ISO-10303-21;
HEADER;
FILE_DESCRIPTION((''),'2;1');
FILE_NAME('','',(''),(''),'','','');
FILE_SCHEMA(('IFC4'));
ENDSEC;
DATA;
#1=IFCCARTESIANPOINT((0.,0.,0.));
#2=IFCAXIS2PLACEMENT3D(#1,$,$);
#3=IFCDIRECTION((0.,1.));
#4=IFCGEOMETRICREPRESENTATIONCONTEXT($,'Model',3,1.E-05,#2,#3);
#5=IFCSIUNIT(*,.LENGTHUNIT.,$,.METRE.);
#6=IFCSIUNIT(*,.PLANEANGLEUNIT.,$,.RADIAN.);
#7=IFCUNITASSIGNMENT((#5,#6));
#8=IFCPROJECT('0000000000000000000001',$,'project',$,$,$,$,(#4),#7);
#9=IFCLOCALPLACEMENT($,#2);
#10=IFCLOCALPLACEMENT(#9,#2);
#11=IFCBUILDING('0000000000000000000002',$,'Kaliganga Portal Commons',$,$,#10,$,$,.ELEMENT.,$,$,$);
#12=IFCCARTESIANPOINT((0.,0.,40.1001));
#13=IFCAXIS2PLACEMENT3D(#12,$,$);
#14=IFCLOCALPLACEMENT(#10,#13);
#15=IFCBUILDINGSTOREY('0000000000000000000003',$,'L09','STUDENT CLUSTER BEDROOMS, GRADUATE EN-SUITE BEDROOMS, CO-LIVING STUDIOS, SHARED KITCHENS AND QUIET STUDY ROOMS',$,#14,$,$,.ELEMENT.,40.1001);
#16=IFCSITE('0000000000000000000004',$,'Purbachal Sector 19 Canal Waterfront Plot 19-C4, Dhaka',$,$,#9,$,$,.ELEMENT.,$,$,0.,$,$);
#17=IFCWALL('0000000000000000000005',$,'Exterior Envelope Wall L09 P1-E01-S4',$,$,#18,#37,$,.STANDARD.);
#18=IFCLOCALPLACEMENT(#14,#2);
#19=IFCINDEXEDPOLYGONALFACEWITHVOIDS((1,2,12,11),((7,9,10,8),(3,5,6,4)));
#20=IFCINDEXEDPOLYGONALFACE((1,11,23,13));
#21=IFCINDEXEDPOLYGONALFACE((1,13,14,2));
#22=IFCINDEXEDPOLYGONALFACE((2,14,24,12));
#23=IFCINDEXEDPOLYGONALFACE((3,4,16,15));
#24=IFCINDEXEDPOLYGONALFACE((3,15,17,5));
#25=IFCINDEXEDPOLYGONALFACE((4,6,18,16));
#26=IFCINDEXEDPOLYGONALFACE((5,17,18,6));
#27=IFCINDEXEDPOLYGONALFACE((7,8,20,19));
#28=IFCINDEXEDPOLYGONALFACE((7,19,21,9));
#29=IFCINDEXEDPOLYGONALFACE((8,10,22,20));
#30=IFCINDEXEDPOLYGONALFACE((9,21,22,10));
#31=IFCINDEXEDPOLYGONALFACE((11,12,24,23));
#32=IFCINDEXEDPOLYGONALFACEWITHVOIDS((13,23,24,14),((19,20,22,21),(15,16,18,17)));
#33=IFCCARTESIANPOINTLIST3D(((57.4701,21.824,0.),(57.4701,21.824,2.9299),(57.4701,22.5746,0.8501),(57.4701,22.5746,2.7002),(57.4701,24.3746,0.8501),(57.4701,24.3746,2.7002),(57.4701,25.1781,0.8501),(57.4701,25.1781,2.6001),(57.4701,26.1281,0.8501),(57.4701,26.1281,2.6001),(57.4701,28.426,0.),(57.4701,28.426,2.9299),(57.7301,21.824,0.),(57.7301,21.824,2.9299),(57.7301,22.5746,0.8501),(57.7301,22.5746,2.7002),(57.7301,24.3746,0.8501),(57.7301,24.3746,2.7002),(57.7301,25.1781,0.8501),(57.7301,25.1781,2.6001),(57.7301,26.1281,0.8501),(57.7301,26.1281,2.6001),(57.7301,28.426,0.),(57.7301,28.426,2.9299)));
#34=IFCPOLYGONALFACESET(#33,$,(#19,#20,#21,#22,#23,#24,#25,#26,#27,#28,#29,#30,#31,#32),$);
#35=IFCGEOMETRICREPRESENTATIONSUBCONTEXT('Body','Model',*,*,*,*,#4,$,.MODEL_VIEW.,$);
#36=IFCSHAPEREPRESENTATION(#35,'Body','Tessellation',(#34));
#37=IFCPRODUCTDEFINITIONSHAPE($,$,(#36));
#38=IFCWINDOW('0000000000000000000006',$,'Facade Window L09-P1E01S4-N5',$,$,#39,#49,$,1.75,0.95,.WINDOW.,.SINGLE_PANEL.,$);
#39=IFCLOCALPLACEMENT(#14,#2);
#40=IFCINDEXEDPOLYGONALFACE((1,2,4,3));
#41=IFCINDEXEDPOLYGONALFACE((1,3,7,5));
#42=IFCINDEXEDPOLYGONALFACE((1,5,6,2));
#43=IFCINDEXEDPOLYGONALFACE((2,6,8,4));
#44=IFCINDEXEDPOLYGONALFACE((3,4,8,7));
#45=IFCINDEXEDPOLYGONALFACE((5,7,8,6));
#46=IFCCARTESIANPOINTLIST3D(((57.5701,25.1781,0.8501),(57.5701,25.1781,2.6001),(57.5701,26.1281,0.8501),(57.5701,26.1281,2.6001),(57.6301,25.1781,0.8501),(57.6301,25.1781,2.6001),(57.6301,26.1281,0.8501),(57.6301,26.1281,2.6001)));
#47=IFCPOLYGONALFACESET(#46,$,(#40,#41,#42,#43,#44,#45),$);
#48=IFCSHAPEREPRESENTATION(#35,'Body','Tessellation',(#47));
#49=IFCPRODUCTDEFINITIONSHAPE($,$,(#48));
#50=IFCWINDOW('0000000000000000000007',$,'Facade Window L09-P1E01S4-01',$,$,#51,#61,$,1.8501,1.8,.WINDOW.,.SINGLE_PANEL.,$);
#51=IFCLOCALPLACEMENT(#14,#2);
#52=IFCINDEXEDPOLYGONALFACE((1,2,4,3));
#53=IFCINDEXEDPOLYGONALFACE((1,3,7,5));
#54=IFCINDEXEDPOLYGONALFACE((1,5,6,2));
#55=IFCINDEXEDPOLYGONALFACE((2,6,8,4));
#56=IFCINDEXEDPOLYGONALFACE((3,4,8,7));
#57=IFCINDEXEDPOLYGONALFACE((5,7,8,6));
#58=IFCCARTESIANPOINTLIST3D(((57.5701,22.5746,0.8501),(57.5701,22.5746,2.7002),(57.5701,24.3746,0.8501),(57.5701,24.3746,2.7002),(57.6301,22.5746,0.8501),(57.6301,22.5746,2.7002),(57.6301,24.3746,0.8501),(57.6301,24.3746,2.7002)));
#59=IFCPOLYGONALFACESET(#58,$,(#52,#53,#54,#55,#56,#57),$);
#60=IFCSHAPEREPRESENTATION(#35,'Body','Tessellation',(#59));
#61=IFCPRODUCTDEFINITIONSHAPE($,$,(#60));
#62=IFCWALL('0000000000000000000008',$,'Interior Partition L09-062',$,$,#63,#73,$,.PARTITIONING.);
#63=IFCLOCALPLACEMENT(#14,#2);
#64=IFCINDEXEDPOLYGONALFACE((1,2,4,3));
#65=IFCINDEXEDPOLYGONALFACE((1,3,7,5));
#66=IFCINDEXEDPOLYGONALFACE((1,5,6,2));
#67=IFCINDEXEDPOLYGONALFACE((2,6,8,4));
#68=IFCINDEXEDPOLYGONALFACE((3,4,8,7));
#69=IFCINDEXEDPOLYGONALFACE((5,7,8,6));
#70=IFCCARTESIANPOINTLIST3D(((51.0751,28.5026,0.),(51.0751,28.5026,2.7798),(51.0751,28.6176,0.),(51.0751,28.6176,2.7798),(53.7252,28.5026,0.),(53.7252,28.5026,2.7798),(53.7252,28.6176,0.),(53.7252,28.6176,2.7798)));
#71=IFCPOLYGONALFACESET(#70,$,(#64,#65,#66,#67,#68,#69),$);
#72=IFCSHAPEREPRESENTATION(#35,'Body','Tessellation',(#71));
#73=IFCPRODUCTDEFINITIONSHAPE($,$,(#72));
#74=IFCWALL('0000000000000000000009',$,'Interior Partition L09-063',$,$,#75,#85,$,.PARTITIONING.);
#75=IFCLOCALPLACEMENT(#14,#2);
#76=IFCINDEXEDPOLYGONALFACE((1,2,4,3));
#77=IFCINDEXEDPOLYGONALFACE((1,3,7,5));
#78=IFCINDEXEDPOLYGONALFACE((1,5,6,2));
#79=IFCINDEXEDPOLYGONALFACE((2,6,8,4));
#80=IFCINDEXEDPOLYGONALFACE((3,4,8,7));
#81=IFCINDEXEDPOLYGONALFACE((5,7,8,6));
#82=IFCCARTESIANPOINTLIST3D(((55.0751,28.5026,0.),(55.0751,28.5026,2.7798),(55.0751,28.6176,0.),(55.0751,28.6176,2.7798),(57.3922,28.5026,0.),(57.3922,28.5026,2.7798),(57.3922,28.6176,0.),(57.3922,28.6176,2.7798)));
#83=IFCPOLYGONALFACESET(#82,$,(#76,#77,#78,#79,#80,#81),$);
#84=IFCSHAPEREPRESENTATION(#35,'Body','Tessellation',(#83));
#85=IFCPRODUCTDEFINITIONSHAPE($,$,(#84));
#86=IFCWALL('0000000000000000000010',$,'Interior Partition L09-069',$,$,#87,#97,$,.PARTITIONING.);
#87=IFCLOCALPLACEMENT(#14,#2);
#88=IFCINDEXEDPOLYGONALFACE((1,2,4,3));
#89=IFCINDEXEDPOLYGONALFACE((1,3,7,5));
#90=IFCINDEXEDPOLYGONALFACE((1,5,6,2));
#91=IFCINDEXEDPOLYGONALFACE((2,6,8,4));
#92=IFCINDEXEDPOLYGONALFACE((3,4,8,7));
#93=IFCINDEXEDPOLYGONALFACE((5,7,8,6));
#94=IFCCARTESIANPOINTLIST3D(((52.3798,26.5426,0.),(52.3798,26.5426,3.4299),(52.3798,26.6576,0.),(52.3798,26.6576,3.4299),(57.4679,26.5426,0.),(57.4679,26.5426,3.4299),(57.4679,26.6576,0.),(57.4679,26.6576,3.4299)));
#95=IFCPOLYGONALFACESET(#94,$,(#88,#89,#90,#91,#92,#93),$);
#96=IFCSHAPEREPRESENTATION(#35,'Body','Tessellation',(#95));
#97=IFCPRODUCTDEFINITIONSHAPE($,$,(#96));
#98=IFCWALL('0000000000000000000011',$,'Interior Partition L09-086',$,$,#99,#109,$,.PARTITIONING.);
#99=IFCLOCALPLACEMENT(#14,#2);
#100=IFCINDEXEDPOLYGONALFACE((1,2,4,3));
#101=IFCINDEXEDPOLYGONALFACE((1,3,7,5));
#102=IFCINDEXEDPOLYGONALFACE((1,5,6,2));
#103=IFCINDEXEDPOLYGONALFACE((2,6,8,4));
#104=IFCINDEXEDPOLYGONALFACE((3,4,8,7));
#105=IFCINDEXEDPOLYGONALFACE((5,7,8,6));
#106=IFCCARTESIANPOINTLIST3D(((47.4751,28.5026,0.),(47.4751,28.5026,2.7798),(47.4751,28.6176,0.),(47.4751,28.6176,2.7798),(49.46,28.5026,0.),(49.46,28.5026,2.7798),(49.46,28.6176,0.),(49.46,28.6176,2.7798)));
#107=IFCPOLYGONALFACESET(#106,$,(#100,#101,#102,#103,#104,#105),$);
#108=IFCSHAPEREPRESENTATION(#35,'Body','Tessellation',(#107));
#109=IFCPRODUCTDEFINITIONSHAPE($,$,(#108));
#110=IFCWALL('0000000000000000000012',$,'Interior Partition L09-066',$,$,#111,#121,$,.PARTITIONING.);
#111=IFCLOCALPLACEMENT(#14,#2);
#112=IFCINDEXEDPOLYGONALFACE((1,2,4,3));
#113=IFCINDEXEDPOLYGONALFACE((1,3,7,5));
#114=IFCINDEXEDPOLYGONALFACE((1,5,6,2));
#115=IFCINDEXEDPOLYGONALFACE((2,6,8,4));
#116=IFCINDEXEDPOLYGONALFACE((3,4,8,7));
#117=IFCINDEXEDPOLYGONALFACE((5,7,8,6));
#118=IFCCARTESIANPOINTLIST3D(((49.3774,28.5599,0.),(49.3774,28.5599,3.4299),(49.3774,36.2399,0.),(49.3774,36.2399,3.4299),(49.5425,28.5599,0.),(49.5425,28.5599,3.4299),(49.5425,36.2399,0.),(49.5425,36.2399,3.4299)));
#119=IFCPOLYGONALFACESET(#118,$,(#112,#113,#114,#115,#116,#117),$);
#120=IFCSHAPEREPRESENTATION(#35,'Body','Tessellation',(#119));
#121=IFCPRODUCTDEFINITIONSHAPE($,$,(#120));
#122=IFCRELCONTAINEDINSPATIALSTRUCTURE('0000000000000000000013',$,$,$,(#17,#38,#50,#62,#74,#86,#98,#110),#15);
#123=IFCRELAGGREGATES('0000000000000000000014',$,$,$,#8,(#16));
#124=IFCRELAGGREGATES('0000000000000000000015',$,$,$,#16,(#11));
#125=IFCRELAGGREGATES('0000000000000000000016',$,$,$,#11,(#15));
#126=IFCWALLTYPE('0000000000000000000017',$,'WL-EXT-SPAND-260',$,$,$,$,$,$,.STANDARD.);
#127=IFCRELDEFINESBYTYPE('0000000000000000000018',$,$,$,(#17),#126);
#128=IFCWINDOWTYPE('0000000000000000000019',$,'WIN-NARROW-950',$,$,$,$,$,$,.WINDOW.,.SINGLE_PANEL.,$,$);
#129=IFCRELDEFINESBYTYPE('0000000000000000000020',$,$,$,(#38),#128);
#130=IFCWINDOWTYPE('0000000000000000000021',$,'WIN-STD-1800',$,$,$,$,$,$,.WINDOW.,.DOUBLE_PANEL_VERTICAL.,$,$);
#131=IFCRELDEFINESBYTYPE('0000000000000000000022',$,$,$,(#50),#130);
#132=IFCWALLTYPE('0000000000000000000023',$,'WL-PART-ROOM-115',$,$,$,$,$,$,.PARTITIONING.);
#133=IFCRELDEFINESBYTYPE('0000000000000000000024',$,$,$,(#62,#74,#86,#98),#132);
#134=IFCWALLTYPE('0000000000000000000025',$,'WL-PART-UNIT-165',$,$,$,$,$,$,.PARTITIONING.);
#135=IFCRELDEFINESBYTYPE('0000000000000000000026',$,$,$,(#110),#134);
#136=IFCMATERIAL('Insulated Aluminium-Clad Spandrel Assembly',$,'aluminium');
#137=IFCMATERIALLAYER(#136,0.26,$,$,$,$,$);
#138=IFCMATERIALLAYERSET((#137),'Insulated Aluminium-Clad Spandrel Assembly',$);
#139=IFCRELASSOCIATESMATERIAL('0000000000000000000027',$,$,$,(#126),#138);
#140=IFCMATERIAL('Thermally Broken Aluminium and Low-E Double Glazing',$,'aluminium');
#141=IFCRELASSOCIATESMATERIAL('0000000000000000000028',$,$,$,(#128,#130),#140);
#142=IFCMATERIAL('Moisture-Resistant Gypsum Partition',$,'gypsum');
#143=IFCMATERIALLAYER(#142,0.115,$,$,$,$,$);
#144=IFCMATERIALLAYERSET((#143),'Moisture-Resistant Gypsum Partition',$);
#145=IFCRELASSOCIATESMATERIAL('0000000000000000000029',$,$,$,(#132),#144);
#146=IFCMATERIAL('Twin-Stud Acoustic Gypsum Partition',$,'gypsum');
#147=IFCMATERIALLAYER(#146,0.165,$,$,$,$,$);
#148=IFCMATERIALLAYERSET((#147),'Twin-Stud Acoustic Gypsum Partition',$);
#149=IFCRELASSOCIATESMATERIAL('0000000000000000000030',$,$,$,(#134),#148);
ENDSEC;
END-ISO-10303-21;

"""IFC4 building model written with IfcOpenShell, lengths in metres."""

from ifc_helpers import new_model, si_unit, direction, frame, frame_2d, origin, place, context, subcontext, project, spatial, rectangle, extrude, material, layer, layer_set, type_object, element, fill, save


model = new_model("IFC4")

# Units and contexts
model_context = context("Model", 3, precision=1e-05, world=origin(), true_north=direction((0.0, 1.0)))
body_context = subcontext(model_context, "Body", "Model", "MODEL_VIEW")
ifc_project = project(units=[si_unit("LENGTHUNIT", "METRE"), si_unit("PLANEANGLEUNIT", "RADIAN")], contexts=[model_context])

# Site, building, storey
site_placement = place(None, origin())
site = spatial("IfcSite", under=ifc_project, at=site_placement, Name="Purbachal Sector 19 Canal Waterfront Plot 19-C4, Dhaka", CompositionType="ELEMENT", RefElevation=0.0)
building_placement = place(site_placement, origin())
building = spatial("IfcBuilding", under=site, at=building_placement, Name="Kaliganga Portal Commons", CompositionType="ELEMENT")
storey_placement = place(building_placement, frame((0.0, 0.0, 40.1001)))
storey = spatial("IfcBuildingStorey", under=building, at=storey_placement, Name="L09", Description="STUDENT CLUSTER BEDROOMS, GRADUATE EN-SUITE BEDROOMS, CO-LIVING STUDIOS, SHARED KITCHENS AND QUIET STUDY ROOMS", CompositionType="ELEMENT", Elevation=40.1001)

# Wall, openings, windows
ifc_material_1 = material(Name="Insulated Aluminium-Clad Spandrel Assembly", Category="aluminium")
ifc_layer_1 = layer(ifc_material_1, 0.26)
ifc_layer_set_1 = layer_set([ifc_layer_1], Name="Insulated Aluminium-Clad Spandrel Assembly")
wall_type_1 = type_object("IfcWallType", Name="WL-EXT-SPAND-260", PredefinedType="STANDARD", material=ifc_layer_set_1)
wall_1_placement = place(storey_placement, frame((57.6001, 28.426, 0.0), z_axis=(0.0, 0.0, 1.0), x_axis=(0.0, -1.0, 0.0)))
wall_1 = element("IfcWall", 1, at=wall_1_placement, inside=storey, type_object=wall_type_1, Name="Exterior Envelope Wall L09 P1-E01-S4", PredefinedType="STANDARD", context=body_context, shape_type="SweptSolid", body=[
    extrude(rectangle(XDim=6.6021, YDim=0.26, at=frame_2d((3.301, 0.0))), origin(), (0.0, 0.0, 1.0), 2.9299),
])
opening_1_placement = place(wall_1_placement, frame((4.0515, 0.0, 0.8501)))
opening_1 = element("IfcOpeningElement", 2, at=opening_1_placement, cuts=wall_1, PredefinedType="OPENING", context=body_context, shape_type="SweptSolid", body=[
    extrude(rectangle(XDim=1.8, YDim=1.8501, at=frame_2d((0.8999, 0.925))), frame((0.0, 0.1401, 0.0), z_axis=(0.0, -1.0, 0.0), x_axis=(1.0, 0.0, 0.0)), (0.0, 0.0, 1.0), 0.28),
])
opening_2_placement = place(wall_1_placement, frame((2.2979, 0.0, 0.8501)))
opening_2 = element("IfcOpeningElement", 3, at=opening_2_placement, cuts=wall_1, PredefinedType="OPENING", context=body_context, shape_type="SweptSolid", body=[
    extrude(rectangle(XDim=0.95, YDim=1.75, at=frame_2d((0.4751, 0.875))), frame((0.0, 0.1401, 0.0), z_axis=(0.0, -1.0, 0.0), x_axis=(1.0, 0.0, 0.0)), (0.0, 0.0, 1.0), 0.28),
])
ifc_material_2 = material(Name="Thermally Broken Aluminium and Low-E Double Glazing", Category="aluminium")
window_type_1 = type_object("IfcWindowType", Name="WIN-NARROW-950", PartitioningType="SINGLE_PANEL", PredefinedType="WINDOW", material=ifc_material_2)
window_1_placement = place(opening_2_placement, origin())
window_1 = element("IfcWindow", 4, at=window_1_placement, inside=storey, type_object=window_type_1, Name="Facade Window L09-P1E01S4-N5", OverallHeight=1.75, OverallWidth=0.95, PartitioningType="SINGLE_PANEL", PredefinedType="WINDOW", context=body_context, shape_type="SweptSolid", body=[
    extrude(rectangle(XDim=0.95, YDim=1.75, at=frame_2d((0.4751, 0.875))), frame((0.0, 0.03, 0.0), z_axis=(0.0, -1.0, 0.0), x_axis=(1.0, 0.0, 0.0)), (0.0, 0.0, 1.0), 0.0601),
])
fill(opening_2, window_1)
window_type_2 = type_object("IfcWindowType", Name="WIN-STD-1800", PartitioningType="DOUBLE_PANEL_VERTICAL", PredefinedType="WINDOW", material=ifc_material_2)
window_2_placement = place(opening_1_placement, origin())
window_2 = element("IfcWindow", 5, at=window_2_placement, inside=storey, type_object=window_type_2, Name="Facade Window L09-P1E01S4-01", OverallHeight=1.8501, OverallWidth=1.8, PartitioningType="SINGLE_PANEL", PredefinedType="WINDOW", context=body_context, shape_type="SweptSolid", body=[
    extrude(rectangle(XDim=1.8, YDim=1.8501, at=frame_2d((0.8999, 0.925))), frame((0.0, 0.03, 0.0), z_axis=(0.0, -1.0, 0.0), x_axis=(1.0, 0.0, 0.0)), (0.0, 0.0, 1.0), 0.0601),
])
fill(opening_1, window_2)

# Walls
ifc_material_3 = material(Name="Moisture-Resistant Gypsum Partition", Category="gypsum")
ifc_layer_2 = layer(ifc_material_3, 0.115)
ifc_layer_set_2 = layer_set([ifc_layer_2], Name="Moisture-Resistant Gypsum Partition")
wall_type_2 = type_object("IfcWallType", Name="WL-PART-ROOM-115", PredefinedType="PARTITIONING", material=ifc_layer_set_2)
wall_2_placement = place(storey_placement, frame((51.075, 28.5601, 0.0), z_axis=(0.0, 0.0, 1.0), x_axis=(1.0, 0.0, 0.0)))
element("IfcWall", 6, at=wall_2_placement, inside=storey, type_object=wall_type_2, Name="Interior Partition L09-062", PredefinedType="PARTITIONING", context=body_context, shape_type="SweptSolid", body=[
    extrude(rectangle(XDim=2.6501, YDim=0.115, at=frame_2d((1.3252, 0.0))), origin(), (0.0, 0.0, 1.0), 2.7798),
])
wall_3_placement = place(storey_placement, frame((55.075, 28.5601, 0.0), z_axis=(0.0, 0.0, 1.0), x_axis=(1.0, 0.0, 0.0)))
element("IfcWall", 7, at=wall_3_placement, inside=storey, type_object=wall_type_2, Name="Interior Partition L09-063", PredefinedType="PARTITIONING", context=body_context, shape_type="SweptSolid", body=[
    extrude(rectangle(XDim=2.3171, YDim=0.115, at=frame_2d((1.1587, 0.0))), origin(), (0.0, 0.0, 1.0), 2.7798),
])
wall_4_placement = place(storey_placement, frame((52.3799, 26.6001, 0.0), z_axis=(0.0, 0.0, 1.0), x_axis=(1.0, 0.0, 0.0)))
element("IfcWall", 8, at=wall_4_placement, inside=storey, type_object=wall_type_2, Name="Interior Partition L09-069", PredefinedType="PARTITIONING", context=body_context, shape_type="SweptSolid", body=[
    extrude(rectangle(XDim=5.0881, YDim=0.115, at=frame_2d((2.5439, 0.0))), origin(), (0.0, 0.0, 1.0), 3.4299),
])
wall_5_placement = place(storey_placement, frame((47.4751, 28.5601, 0.0), z_axis=(0.0, 0.0, 1.0), x_axis=(1.0, 0.0, 0.0)))
element("IfcWall", 9, at=wall_5_placement, inside=storey, type_object=wall_type_2, Name="Interior Partition L09-086", PredefinedType="PARTITIONING", context=body_context, shape_type="SweptSolid", body=[
    extrude(rectangle(XDim=1.9849, YDim=0.115, at=frame_2d((0.9924, 0.0))), origin(), (0.0, 0.0, 1.0), 2.7798),
])
ifc_material_4 = material(Name="Twin-Stud Acoustic Gypsum Partition", Category="gypsum")
ifc_layer_3 = layer(ifc_material_4, 0.165)
ifc_layer_set_3 = layer_set([ifc_layer_3], Name="Twin-Stud Acoustic Gypsum Partition")
wall_type_3 = type_object("IfcWallType", Name="WL-PART-UNIT-165", PredefinedType="PARTITIONING", material=ifc_layer_set_3)
wall_6_placement = place(storey_placement, frame((49.46, 28.5601, 0.0), z_axis=(0.0, 0.0, 1.0), x_axis=(0.0, 1.0, 0.0)))
element("IfcWall", 10, at=wall_6_placement, inside=storey, type_object=wall_type_3, Name="Interior Partition L09-066", PredefinedType="PARTITIONING", context=body_context, shape_type="SweptSolid", body=[
    extrude(rectangle(XDim=7.6799, YDim=0.165, at=frame_2d((3.8398, 0.0))), origin(), (0.0, 0.0, 1.0), 3.4299),
])

save(model, "model.ifc")
